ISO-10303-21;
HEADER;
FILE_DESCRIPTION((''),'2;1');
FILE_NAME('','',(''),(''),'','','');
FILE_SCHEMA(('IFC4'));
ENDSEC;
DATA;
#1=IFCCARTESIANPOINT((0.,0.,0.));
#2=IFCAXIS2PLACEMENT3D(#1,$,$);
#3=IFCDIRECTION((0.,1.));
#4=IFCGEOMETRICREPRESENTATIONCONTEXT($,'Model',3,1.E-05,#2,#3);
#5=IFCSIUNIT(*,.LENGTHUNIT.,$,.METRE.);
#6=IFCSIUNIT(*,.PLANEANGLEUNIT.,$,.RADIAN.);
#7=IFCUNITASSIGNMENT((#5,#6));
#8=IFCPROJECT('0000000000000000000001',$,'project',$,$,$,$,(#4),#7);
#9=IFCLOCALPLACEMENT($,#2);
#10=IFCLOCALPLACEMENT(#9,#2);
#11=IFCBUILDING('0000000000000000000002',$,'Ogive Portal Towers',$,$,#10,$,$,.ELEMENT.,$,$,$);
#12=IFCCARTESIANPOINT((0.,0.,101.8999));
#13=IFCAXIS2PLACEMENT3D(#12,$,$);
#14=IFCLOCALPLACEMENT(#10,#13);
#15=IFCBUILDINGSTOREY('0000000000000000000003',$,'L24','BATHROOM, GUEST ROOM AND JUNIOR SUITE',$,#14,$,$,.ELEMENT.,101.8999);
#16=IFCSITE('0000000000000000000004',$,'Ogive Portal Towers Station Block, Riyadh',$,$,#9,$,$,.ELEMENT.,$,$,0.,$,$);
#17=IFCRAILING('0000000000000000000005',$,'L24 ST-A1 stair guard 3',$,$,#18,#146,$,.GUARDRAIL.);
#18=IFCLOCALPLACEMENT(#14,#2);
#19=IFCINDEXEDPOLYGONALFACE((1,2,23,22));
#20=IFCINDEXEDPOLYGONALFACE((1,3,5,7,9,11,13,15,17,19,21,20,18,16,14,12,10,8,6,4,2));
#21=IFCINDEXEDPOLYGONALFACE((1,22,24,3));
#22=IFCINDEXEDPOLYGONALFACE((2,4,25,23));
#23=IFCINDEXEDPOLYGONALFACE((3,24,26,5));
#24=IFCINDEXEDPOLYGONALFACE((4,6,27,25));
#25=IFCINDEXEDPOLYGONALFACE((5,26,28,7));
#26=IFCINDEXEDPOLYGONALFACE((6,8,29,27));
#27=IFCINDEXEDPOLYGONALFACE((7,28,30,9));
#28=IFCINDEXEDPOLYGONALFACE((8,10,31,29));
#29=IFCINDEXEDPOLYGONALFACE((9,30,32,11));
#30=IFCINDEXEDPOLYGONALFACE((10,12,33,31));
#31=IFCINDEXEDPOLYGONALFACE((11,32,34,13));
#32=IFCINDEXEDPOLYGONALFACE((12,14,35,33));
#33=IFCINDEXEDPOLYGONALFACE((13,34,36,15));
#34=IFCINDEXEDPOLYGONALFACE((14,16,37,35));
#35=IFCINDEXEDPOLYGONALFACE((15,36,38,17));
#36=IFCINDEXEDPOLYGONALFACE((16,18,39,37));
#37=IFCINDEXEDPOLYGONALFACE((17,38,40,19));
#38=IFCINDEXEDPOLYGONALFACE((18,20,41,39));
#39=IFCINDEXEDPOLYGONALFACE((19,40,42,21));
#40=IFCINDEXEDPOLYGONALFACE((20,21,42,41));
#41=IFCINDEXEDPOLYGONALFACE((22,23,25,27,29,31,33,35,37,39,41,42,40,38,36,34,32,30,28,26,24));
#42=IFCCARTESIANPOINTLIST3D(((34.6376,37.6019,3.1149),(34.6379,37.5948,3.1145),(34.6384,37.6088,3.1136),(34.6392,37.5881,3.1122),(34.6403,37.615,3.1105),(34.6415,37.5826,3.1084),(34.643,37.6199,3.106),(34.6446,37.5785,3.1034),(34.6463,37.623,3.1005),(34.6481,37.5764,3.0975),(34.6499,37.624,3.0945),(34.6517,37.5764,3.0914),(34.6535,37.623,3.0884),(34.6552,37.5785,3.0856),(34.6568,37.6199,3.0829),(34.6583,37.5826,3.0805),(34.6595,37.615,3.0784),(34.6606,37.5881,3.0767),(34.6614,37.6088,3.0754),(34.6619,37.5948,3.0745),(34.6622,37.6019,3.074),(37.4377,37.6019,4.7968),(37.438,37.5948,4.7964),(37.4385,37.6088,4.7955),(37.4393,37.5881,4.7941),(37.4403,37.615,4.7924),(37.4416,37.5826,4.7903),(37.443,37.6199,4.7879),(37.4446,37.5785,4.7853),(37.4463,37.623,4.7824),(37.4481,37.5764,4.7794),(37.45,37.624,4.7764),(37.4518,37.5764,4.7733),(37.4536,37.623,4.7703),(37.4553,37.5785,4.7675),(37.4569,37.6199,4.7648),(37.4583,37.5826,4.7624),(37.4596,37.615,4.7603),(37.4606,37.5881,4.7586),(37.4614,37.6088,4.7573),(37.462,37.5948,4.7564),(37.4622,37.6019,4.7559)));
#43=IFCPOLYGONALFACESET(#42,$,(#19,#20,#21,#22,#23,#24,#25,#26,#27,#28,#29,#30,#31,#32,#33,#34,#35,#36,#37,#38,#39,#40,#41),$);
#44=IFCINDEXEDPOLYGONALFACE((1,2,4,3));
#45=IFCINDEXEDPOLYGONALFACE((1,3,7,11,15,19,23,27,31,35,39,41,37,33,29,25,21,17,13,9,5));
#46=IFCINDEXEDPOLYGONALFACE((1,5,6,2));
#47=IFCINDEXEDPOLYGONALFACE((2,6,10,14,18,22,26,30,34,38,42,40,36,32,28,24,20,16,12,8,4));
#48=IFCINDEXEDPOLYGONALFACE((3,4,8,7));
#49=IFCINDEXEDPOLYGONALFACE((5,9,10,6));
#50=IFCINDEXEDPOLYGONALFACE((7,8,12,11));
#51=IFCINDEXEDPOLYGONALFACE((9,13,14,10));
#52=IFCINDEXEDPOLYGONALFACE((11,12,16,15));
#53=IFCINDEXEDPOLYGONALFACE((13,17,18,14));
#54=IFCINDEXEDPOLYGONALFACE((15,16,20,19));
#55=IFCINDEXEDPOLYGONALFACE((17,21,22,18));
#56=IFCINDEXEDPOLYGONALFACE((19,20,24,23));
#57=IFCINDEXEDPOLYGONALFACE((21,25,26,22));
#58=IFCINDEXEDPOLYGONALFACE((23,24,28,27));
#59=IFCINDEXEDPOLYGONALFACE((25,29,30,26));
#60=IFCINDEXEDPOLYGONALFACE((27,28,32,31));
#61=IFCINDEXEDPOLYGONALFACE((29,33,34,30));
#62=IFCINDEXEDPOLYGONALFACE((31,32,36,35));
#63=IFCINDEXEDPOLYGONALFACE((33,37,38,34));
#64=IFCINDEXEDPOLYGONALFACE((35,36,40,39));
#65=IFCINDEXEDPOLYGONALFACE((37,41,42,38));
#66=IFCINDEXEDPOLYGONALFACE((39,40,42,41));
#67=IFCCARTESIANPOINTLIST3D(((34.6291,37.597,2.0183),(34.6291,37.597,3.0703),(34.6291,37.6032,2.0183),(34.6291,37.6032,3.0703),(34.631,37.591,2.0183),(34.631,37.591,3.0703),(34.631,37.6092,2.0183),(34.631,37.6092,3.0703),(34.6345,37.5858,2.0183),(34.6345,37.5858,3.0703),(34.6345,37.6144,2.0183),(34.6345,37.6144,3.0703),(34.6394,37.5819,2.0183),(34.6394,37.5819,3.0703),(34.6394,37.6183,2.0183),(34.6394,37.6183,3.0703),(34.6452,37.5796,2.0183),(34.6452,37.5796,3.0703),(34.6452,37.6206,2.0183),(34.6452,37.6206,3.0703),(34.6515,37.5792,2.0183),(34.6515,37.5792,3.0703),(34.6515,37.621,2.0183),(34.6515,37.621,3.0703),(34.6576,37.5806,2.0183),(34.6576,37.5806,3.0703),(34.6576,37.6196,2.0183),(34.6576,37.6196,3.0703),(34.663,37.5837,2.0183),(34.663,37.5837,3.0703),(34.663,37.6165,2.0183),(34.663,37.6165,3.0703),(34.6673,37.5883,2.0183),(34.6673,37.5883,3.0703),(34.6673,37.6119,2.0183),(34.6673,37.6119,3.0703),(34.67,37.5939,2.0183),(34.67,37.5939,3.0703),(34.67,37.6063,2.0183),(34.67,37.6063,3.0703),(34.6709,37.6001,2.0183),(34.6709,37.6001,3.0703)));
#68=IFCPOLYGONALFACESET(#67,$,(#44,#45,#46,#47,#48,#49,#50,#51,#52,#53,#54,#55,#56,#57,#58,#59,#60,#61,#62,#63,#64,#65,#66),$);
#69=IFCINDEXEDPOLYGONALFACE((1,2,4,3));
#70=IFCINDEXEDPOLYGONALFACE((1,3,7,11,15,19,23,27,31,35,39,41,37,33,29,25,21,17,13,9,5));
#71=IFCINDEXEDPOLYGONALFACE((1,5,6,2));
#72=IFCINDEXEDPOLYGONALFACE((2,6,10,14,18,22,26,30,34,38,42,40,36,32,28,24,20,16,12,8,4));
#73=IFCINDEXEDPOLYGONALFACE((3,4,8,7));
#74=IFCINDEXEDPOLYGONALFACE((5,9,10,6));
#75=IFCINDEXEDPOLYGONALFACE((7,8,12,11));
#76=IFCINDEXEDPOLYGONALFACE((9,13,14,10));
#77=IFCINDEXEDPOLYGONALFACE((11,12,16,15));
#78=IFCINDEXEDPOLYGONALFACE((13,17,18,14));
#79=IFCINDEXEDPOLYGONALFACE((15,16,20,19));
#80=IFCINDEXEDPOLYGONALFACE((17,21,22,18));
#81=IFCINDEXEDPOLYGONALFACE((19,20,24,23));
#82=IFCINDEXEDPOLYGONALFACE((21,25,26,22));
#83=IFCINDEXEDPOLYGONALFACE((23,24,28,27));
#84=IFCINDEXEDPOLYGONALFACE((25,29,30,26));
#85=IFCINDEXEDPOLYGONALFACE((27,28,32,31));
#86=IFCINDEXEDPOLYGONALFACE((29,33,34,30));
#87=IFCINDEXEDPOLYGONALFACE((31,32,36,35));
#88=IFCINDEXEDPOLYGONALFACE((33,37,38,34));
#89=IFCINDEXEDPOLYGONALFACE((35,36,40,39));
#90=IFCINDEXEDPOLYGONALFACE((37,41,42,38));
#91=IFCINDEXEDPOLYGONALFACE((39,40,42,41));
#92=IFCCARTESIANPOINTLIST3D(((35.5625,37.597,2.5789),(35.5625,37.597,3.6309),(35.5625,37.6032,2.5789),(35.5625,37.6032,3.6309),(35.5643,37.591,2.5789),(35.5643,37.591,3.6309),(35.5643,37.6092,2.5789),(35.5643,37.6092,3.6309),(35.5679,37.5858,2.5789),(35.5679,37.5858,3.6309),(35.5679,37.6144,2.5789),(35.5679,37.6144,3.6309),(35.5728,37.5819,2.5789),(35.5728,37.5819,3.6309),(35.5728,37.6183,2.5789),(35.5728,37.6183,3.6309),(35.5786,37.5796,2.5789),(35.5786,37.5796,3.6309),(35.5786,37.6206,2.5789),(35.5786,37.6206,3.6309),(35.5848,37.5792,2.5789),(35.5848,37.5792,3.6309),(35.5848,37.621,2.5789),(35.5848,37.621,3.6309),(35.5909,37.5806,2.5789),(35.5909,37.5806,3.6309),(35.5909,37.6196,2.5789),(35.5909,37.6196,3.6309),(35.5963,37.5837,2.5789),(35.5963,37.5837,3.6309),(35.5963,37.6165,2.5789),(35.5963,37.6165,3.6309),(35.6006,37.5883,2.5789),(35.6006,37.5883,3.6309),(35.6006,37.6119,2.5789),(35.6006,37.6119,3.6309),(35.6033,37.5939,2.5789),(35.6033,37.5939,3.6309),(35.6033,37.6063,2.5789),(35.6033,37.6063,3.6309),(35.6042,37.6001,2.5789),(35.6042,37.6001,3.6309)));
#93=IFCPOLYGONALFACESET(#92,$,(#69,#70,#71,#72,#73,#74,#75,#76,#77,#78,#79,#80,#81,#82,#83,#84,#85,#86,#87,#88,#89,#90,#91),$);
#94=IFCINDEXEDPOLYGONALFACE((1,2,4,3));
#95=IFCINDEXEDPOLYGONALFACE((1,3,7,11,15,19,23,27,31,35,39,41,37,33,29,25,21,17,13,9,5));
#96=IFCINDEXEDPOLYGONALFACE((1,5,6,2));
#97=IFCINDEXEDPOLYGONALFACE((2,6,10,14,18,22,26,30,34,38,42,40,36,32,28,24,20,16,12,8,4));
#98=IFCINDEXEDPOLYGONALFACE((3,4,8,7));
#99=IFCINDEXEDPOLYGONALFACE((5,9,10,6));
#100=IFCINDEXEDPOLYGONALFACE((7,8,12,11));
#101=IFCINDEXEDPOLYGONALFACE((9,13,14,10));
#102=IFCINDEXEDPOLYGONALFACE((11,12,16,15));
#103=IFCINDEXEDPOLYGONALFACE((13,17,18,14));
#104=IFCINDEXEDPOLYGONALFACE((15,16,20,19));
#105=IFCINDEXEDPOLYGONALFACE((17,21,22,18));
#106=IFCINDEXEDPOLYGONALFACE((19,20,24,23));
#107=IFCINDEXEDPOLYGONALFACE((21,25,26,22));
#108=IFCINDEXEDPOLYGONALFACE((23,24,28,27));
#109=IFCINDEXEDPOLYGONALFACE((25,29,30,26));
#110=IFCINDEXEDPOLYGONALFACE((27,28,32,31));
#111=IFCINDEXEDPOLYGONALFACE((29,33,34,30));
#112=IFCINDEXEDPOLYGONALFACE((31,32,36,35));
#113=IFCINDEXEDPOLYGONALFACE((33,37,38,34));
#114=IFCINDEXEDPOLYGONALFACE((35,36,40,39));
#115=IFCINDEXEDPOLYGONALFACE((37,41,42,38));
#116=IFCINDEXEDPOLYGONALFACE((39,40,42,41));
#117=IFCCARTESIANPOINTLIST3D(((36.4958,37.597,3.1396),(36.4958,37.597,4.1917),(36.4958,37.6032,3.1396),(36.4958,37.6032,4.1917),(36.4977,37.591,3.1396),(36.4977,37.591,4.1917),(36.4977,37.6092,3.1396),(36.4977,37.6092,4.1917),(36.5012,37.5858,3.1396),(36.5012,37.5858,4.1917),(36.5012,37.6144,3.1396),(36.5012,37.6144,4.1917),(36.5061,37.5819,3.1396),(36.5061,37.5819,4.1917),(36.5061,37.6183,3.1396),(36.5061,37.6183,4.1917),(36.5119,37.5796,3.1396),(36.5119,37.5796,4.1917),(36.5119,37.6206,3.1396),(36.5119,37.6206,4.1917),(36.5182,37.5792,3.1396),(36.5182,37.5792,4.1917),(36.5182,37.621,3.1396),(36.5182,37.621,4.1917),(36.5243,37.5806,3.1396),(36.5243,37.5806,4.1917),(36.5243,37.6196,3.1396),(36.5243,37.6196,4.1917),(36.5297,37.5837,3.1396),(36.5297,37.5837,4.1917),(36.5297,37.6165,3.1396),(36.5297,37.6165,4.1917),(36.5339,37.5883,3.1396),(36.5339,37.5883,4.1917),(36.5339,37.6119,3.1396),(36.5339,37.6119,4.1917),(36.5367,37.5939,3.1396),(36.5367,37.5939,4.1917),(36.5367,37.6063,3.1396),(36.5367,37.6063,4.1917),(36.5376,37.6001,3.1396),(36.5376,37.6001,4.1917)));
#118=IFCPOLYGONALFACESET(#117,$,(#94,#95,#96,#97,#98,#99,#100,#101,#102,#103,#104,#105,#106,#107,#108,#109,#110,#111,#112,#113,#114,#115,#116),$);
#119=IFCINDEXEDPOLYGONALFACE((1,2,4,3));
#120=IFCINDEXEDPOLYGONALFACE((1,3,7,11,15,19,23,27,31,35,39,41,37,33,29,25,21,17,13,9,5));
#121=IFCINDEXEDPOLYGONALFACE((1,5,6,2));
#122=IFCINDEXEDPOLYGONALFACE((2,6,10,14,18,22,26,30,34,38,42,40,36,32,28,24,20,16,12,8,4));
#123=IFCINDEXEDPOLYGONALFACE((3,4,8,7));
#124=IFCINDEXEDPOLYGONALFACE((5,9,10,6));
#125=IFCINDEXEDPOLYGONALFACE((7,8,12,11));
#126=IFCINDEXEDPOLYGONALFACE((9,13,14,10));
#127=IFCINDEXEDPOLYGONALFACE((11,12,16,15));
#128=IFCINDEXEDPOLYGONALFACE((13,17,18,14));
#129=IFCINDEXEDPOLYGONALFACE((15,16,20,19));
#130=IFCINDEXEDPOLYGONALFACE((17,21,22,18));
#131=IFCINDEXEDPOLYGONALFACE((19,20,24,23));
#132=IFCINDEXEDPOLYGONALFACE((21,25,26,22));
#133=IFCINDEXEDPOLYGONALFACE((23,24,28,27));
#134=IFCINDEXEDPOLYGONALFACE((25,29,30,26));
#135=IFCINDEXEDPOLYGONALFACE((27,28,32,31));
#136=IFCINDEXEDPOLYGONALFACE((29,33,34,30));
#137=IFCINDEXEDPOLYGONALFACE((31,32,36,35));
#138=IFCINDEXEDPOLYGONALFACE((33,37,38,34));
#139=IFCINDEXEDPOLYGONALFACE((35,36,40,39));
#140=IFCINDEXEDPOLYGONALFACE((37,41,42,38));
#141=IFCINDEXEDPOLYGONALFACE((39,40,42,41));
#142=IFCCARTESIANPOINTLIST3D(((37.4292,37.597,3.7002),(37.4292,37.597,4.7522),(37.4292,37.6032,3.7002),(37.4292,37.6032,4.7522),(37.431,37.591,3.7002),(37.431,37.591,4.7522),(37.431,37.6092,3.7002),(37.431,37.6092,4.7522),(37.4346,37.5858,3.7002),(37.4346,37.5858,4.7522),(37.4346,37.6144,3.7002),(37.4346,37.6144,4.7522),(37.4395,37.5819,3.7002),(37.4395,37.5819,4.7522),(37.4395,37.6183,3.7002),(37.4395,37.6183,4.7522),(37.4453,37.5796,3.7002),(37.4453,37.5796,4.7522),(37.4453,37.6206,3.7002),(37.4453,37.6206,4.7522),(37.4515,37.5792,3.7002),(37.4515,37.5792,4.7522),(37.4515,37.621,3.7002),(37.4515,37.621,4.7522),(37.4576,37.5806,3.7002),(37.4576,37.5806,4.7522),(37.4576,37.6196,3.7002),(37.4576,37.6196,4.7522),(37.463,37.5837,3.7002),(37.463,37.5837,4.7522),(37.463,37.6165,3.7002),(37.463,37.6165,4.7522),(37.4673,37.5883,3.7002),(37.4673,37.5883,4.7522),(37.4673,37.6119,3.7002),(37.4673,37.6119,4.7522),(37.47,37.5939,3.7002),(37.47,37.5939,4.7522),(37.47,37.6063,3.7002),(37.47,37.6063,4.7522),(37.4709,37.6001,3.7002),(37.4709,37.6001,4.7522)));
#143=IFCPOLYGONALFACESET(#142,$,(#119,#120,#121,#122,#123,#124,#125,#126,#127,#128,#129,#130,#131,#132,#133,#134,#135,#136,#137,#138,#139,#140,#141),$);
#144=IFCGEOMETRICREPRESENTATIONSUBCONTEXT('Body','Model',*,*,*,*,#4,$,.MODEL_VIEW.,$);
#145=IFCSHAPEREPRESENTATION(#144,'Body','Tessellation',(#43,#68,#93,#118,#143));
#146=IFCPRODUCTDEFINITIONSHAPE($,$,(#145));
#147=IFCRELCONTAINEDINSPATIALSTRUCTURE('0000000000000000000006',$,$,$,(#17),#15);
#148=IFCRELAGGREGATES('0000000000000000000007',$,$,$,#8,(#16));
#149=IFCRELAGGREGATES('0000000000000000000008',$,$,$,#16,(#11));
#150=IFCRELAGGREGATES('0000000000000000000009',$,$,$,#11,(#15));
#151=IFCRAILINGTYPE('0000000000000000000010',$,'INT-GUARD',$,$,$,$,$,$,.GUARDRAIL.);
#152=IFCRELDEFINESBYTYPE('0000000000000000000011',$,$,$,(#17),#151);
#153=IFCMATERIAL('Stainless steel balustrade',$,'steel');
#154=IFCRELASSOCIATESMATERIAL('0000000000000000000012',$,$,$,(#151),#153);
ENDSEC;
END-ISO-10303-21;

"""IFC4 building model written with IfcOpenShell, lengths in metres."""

from ifc_helpers import new_model, si_unit, direction, frame, origin, origin_2d, place, context, subcontext, project, spatial, circle, extrude, material, type_object, element, save


model = new_model("IFC4")

# Units and contexts
model_context = context("Model", 3, precision=1e-05, world=origin(), true_north=direction((0.0, 1.0)))
body_context = subcontext(model_context, "Body", "Model", "MODEL_VIEW")
ifc_project = project(units=[si_unit("LENGTHUNIT", "METRE"), si_unit("PLANEANGLEUNIT", "RADIAN")], contexts=[model_context])

# Site, building, storey
site_placement = place(None, origin())
site = spatial("IfcSite", under=ifc_project, at=site_placement, Name="Ogive Portal Towers Station Block, Riyadh", CompositionType="ELEMENT", RefElevation=0.0)
building_placement = place(site_placement, origin())
building = spatial("IfcBuilding", under=site, at=building_placement, Name="Ogive Portal Towers", CompositionType="ELEMENT")
storey_placement = place(building_placement, frame((0.0, 0.0, 101.8999)))
storey = spatial("IfcBuildingStorey", under=building, at=storey_placement, Name="L24", Description="BATHROOM, GUEST ROOM AND JUNIOR SUITE", CompositionType="ELEMENT", Elevation=101.8999)

# Railing
ifc_material_1 = material(Name="Stainless steel balustrade", Category="steel")
railing_type_1 = type_object("IfcRailingType", Name="INT-GUARD", PredefinedType="GUARDRAIL", material=ifc_material_1)
railing_1_placement = place(storey_placement, frame((34.6499, 37.6001, 2.0183)))
element("IfcRailing", 1, at=railing_1_placement, inside=storey, type_object=railing_type_1, Name="L24 ST-A1 stair guard 3", PredefinedType="GUARDRAIL", context=body_context, shape_type="SweptSolid", body=[
    extrude(circle(Radius=0.0239, at=origin_2d()), frame((0.0, 0.0, 1.0762), z_axis=(0.857242, 0.0, 0.514913), x_axis=(0.0, 1.0, 0.0)), (0.0, 0.0, 1.0), 3.2664),
    extrude(circle(Radius=0.021, at=origin_2d()), origin(), (0.0, 0.0, 1.0), 1.052),
    extrude(circle(Radius=0.021, at=origin_2d()), frame((0.9333, 0.0, 0.5605)), (0.0, 0.0, 1.0), 1.052),
    extrude(circle(Radius=0.021, at=origin_2d()), frame((1.8667, 0.0, 1.1213)), (0.0, 0.0, 1.0), 1.052),
    extrude(circle(Radius=0.021, at=origin_2d()), frame((2.8, 0.0, 1.6819)), (0.0, 0.0, 1.0), 1.052),
])

save(model, "model.ifc")
